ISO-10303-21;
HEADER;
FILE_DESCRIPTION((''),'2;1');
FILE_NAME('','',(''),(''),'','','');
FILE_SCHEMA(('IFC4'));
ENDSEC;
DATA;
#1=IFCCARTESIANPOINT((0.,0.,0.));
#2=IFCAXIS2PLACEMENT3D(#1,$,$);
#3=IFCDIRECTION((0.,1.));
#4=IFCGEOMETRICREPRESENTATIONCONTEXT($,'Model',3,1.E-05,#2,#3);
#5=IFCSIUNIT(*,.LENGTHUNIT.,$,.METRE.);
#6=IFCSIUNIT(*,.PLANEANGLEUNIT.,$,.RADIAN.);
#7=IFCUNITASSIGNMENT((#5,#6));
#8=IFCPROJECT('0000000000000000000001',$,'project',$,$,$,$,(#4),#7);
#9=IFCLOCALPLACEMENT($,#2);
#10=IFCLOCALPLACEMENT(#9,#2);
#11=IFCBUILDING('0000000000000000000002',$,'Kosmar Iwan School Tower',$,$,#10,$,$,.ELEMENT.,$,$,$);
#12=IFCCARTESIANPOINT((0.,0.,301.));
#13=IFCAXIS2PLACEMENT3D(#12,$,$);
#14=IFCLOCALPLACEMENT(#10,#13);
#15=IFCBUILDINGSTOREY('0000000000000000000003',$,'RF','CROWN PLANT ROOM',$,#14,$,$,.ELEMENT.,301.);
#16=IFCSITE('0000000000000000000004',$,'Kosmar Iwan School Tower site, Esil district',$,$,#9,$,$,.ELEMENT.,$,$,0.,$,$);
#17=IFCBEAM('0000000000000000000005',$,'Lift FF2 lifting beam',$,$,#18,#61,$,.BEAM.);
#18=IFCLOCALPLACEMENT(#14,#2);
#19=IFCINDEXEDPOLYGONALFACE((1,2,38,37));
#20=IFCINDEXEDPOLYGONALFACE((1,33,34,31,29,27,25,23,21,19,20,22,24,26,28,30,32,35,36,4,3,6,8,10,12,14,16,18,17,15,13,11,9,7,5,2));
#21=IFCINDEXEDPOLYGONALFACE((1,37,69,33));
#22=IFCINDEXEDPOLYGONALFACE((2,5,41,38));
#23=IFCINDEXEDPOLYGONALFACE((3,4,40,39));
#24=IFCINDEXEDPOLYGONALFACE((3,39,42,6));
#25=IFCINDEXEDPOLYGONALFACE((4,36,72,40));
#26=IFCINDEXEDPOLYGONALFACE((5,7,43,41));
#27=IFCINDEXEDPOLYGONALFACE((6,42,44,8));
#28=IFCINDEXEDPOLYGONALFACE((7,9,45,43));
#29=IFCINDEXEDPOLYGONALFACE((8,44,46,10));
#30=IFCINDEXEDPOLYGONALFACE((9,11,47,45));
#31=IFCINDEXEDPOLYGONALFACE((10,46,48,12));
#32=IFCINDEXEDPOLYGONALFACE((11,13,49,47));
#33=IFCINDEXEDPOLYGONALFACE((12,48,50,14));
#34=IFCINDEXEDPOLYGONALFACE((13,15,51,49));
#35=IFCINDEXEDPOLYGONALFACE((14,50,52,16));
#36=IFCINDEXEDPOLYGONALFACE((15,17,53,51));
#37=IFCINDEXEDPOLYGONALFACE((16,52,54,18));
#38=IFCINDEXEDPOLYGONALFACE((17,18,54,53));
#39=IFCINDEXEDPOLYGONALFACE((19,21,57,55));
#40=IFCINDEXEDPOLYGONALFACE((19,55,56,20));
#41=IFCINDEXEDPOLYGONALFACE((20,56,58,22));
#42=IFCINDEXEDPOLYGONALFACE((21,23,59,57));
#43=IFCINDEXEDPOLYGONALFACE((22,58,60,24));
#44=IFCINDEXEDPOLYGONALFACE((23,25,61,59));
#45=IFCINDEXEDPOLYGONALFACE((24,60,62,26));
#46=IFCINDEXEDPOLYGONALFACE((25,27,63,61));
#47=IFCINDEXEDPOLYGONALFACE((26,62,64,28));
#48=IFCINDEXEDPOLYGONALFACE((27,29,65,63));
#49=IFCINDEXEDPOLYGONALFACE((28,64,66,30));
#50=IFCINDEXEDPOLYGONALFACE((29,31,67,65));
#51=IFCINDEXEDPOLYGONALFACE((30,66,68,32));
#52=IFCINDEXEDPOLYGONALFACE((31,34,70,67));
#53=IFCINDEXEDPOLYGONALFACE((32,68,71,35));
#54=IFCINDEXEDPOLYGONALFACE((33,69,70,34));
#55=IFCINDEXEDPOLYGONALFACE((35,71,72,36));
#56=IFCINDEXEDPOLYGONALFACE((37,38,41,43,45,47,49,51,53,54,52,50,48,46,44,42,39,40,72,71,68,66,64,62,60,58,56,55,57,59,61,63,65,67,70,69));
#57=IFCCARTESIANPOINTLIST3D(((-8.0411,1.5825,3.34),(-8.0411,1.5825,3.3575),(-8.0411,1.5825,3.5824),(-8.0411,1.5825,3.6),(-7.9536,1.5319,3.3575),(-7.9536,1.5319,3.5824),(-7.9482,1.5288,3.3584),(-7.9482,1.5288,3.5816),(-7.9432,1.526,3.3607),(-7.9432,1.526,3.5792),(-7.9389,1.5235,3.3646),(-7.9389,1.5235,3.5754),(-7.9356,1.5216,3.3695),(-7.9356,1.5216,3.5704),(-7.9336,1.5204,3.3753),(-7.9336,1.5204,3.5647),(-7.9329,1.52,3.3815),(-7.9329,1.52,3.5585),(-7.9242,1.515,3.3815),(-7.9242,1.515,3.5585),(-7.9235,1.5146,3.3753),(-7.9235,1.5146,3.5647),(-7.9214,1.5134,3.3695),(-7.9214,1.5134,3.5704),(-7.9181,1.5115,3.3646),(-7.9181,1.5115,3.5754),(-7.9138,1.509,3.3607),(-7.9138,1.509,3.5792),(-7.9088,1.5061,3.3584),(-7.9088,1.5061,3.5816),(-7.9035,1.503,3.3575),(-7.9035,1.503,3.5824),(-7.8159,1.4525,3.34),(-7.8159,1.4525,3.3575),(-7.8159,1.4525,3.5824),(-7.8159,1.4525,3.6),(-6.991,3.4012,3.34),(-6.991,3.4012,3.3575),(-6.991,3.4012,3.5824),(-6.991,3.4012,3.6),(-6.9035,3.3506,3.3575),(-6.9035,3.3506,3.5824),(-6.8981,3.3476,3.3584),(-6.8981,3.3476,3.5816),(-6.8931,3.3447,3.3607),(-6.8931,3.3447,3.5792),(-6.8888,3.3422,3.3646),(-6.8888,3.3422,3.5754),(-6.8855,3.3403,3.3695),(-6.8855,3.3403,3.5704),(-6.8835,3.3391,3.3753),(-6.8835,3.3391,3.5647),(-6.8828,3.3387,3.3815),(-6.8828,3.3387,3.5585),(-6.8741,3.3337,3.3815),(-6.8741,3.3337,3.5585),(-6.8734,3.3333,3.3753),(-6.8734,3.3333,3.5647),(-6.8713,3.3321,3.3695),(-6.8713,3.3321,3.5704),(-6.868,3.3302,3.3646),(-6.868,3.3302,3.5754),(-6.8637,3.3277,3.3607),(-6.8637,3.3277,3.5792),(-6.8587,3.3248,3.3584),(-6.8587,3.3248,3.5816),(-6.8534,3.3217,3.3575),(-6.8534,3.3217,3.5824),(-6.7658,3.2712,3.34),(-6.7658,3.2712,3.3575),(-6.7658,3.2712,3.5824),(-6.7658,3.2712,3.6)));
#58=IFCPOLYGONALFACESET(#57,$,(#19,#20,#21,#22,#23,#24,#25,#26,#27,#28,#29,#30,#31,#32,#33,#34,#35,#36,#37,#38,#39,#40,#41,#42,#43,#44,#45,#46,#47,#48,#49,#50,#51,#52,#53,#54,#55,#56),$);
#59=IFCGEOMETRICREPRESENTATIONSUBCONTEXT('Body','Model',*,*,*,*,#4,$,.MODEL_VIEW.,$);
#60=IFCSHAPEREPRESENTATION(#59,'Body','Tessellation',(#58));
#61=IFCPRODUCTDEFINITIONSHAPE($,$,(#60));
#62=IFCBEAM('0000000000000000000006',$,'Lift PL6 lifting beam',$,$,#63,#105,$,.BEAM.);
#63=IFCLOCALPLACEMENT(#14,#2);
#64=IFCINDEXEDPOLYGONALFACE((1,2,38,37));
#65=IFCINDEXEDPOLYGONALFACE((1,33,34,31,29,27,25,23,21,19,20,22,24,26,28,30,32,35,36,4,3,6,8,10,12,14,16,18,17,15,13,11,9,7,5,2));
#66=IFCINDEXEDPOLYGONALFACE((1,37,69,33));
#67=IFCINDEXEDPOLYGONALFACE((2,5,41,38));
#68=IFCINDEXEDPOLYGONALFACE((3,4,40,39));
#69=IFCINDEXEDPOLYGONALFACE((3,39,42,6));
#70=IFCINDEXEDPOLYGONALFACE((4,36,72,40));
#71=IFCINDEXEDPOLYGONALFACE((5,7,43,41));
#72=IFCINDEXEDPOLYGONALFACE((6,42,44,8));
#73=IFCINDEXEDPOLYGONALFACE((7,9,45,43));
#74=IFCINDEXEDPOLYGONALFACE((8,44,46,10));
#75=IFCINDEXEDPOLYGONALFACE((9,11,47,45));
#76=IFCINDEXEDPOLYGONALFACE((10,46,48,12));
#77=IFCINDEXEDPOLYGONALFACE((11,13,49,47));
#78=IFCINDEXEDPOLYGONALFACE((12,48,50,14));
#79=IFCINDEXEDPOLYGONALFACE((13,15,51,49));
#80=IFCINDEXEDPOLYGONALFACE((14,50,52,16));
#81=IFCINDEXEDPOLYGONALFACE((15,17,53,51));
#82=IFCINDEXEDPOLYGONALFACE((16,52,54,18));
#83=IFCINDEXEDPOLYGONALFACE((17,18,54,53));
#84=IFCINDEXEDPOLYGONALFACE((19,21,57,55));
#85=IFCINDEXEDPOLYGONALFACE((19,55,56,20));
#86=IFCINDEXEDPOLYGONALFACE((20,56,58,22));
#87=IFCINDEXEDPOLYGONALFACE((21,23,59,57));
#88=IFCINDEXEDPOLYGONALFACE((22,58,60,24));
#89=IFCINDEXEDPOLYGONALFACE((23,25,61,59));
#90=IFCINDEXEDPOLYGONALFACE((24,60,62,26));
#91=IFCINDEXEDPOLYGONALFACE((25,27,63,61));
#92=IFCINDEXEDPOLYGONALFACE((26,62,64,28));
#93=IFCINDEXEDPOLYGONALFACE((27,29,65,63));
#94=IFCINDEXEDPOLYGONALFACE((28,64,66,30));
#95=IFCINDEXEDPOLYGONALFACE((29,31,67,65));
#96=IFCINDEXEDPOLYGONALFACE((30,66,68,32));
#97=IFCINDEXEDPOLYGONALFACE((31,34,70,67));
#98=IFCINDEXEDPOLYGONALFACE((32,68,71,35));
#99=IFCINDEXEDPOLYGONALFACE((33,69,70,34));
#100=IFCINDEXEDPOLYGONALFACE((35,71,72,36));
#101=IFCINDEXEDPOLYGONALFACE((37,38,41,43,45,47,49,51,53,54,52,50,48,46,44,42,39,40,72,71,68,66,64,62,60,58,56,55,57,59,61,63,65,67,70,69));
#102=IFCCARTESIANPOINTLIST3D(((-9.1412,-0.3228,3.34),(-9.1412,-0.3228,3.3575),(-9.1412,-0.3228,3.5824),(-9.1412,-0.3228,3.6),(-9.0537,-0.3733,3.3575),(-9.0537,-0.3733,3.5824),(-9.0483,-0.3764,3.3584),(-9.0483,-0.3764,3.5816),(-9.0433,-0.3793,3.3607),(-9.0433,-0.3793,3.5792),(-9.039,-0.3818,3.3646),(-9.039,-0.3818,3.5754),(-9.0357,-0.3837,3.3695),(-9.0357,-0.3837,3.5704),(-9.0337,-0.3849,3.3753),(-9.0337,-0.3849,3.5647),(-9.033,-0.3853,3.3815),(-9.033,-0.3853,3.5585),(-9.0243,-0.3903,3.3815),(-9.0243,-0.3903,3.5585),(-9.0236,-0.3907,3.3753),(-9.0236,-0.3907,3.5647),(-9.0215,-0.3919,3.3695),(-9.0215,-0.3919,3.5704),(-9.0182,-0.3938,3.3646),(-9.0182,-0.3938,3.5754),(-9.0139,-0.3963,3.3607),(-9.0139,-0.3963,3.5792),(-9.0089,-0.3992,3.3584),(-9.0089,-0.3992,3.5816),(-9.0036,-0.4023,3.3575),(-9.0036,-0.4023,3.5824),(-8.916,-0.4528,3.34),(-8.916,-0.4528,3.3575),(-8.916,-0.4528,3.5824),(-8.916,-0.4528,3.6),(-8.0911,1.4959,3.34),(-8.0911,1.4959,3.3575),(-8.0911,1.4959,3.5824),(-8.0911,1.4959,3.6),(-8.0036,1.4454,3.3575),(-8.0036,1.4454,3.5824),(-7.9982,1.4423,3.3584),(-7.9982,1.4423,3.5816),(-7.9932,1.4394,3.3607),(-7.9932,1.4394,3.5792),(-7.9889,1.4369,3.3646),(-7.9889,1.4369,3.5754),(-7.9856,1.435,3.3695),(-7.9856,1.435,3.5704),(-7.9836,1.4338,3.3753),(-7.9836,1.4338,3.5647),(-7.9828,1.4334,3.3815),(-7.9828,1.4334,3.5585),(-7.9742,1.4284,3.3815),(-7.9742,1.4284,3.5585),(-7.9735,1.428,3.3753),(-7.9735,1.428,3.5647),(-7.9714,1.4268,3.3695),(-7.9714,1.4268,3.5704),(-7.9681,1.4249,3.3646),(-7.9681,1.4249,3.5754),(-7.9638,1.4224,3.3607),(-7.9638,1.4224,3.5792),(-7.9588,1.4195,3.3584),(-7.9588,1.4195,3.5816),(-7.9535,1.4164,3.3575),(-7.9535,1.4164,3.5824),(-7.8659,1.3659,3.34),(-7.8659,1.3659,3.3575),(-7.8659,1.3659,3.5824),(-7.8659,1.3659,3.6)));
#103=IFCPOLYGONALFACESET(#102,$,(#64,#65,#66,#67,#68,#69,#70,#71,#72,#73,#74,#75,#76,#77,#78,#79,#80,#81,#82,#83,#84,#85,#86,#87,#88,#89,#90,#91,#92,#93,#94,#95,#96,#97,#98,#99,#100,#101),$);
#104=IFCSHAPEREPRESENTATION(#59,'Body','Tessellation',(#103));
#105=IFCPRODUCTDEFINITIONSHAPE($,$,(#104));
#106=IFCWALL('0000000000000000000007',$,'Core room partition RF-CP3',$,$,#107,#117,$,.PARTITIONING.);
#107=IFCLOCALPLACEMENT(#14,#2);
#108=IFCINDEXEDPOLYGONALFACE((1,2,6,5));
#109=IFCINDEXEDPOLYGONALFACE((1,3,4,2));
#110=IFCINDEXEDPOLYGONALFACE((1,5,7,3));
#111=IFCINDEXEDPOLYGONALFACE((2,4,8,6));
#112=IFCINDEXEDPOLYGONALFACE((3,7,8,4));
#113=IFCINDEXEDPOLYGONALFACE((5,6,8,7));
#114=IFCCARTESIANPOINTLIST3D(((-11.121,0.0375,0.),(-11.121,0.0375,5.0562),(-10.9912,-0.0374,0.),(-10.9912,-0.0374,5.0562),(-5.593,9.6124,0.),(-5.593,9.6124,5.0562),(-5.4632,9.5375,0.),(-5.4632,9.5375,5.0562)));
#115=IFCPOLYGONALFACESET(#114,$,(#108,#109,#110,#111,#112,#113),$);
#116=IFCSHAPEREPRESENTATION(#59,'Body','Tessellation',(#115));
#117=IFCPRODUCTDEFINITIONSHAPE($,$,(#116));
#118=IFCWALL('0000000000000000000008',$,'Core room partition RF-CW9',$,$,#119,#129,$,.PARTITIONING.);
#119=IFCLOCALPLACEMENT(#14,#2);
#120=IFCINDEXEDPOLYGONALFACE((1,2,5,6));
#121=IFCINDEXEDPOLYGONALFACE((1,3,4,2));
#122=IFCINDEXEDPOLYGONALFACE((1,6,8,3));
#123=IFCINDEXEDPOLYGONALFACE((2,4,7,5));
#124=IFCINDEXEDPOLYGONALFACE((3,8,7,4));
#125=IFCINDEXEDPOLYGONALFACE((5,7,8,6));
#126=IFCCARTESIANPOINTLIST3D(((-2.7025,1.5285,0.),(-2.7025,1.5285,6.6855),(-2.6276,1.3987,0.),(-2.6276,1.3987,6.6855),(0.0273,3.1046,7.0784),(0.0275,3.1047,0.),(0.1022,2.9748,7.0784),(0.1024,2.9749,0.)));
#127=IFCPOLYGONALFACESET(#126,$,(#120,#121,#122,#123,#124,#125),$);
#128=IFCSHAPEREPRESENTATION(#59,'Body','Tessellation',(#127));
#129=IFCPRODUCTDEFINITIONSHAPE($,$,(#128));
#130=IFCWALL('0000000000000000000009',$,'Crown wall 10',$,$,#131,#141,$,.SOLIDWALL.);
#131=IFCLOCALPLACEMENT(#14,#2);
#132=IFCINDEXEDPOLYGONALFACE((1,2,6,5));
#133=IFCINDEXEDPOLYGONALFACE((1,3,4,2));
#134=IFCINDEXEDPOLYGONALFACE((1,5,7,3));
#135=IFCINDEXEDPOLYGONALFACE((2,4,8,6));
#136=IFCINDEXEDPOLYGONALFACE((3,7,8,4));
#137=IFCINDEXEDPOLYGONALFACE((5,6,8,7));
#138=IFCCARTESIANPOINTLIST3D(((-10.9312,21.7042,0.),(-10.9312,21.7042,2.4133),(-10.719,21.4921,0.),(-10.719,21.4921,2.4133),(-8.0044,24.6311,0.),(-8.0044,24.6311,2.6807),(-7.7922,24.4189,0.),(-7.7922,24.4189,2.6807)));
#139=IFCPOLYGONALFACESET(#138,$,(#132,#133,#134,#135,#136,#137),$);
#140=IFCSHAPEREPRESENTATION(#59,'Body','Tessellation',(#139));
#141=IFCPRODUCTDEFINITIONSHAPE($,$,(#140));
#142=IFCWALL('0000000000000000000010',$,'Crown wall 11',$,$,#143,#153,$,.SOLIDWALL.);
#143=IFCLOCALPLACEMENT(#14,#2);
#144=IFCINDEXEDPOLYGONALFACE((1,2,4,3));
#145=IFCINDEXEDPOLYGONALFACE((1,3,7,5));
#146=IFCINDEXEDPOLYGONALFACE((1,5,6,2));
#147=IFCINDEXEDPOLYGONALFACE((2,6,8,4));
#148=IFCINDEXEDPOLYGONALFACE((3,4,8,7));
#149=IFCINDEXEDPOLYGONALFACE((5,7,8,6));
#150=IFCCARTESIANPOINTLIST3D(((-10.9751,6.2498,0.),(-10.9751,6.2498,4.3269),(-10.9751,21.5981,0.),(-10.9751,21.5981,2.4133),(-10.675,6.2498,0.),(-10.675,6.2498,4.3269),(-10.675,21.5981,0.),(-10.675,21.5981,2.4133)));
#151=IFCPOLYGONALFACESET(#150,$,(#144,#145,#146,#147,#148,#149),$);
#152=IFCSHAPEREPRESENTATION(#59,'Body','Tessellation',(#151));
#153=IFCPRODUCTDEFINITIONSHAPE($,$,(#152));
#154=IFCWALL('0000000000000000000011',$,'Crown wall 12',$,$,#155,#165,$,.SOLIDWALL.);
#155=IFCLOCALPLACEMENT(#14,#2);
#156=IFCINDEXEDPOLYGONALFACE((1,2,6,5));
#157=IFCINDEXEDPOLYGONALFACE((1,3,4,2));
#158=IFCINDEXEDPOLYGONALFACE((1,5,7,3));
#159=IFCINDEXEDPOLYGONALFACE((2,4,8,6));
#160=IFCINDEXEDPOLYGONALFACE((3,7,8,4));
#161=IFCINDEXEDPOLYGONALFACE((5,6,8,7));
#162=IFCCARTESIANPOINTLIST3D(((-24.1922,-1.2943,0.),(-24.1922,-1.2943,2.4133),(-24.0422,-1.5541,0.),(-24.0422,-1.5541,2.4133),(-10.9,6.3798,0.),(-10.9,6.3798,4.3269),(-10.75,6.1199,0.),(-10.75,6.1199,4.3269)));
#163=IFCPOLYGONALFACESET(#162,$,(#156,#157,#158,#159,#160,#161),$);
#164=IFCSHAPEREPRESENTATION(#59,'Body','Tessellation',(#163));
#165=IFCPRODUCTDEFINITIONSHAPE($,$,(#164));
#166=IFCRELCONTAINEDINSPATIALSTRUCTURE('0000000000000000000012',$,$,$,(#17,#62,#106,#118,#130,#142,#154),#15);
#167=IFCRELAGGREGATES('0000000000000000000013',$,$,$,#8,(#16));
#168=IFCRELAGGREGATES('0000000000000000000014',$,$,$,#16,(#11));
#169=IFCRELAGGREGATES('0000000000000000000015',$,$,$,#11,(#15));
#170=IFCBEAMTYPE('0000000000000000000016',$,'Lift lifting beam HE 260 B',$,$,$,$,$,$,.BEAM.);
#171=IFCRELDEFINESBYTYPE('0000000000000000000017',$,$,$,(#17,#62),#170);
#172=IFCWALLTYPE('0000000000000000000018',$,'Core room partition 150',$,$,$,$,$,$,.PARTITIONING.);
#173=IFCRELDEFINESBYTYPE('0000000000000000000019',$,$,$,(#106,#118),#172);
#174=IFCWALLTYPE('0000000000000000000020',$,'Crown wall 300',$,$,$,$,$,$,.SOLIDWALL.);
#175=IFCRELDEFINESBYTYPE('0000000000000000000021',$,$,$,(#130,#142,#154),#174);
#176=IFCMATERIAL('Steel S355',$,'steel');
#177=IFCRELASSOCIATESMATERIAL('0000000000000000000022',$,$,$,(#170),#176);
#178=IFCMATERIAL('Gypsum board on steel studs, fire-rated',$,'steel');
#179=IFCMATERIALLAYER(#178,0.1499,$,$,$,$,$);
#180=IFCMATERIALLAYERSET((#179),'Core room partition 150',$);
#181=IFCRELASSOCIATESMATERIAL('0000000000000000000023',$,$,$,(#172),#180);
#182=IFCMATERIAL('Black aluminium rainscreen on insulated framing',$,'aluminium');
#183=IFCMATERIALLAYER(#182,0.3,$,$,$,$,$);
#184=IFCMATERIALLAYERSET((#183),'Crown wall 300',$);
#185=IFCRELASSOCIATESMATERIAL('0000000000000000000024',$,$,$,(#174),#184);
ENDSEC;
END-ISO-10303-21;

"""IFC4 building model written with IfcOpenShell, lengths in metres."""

from ifc_helpers import new_model, si_unit, direction, frame, frame_2d, origin, origin_2d, place, context, subcontext, project, spatial, polyline, rectangle, i_section, outline, extrude, material, layer, layer_set, material_profile, profile_set, type_object, element, save


model = new_model("IFC4")

# Units and contexts
model_context = context("Model", 3, precision=1e-05, world=origin(), true_north=direction((0.0, 1.0)))
body_context = subcontext(model_context, "Body", "Model", "MODEL_VIEW")
ifc_project = project(units=[si_unit("LENGTHUNIT", "METRE"), si_unit("PLANEANGLEUNIT", "RADIAN")], contexts=[model_context])

# Site, building, storey
site_placement = place(None, origin())
site = spatial("IfcSite", under=ifc_project, at=site_placement, Name="Kosmar Iwan School Tower site, Esil district", CompositionType="ELEMENT", RefElevation=0.0)
building_placement = place(site_placement, origin())
building = spatial("IfcBuilding", under=site, at=building_placement, Name="Kosmar Iwan School Tower", CompositionType="ELEMENT")
storey_placement = place(building_placement, frame((0.0, 0.0, 301.0)))
storey = spatial("IfcBuildingStorey", under=building, at=storey_placement, Name="RF", Description="CROWN PLANT ROOM", CompositionType="ELEMENT", Elevation=301.0)

# Beams
ifc_material_1 = material(Name="Steel S355", Category="steel")
ifc_material_profile_1 = material_profile(ifc_material_1, i_section(OverallWidth=0.26, OverallDepth=0.26, WebThickness=0.01, FlangeThickness=0.0176, FilletRadius=0.0239, at=origin_2d()), Name="HE 260 B")
ifc_profile_set_1 = profile_set([ifc_material_profile_1], Name="Steel S355")
beam_type_1 = type_object("IfcBeamType", Name="Lift lifting beam HE 260 B", PredefinedType="BEAM", material=ifc_profile_set_1)
for number, where, z_axis, x_axis, name in (
    (1, (-6.8784, 3.3362, 3.47), (-0.500028, -0.866009, 0.0), (0.866009, -0.500028, 0.0), "Lift FF2 lifting beam"),
    (2, (-7.9785, 1.4309, 3.47), (-0.500028, -0.866009, 0.0), (0.866009, -0.500028, 0.0), "Lift PL6 lifting beam"),
):
    element("IfcBeam", number, at=place(storey_placement, frame(where, z_axis=z_axis, x_axis=x_axis)), inside=storey, type_object=beam_type_1, Name=name, PredefinedType="BEAM", context=body_context, shape_type="SweptSolid", body=[
        extrude(i_section(OverallWidth=0.26, OverallDepth=0.26, WebThickness=0.01, FlangeThickness=0.0176, FilletRadius=0.0239, at=origin_2d()), origin(), (0.0, 0.0, 1.0), 2.1001),
    ])

# Walls
ifc_material_2 = material(Name="Gypsum board on steel studs, fire-rated", Category="steel")
ifc_layer_1 = layer(ifc_material_2, 0.1499)
ifc_layer_set_1 = layer_set([ifc_layer_1], Name="Core room partition 150")
wall_type_1 = type_object("IfcWallType", Name="Core room partition 150", PredefinedType="PARTITIONING", material=ifc_layer_set_1)
wall_1_placement = place(storey_placement, frame((-5.5281, 9.575, 0.0), z_axis=(0.0, 0.0, 1.0), x_axis=(-0.499998, -0.866026, 0.0)))
element("IfcWall", 3, at=wall_1_placement, inside=storey, type_object=wall_type_1, Name="Core room partition RF-CP3", PredefinedType="PARTITIONING", context=body_context, shape_type="SweptSolid", body=[
    extrude(rectangle(XDim=11.0562, YDim=0.1499, at=frame_2d((5.5281, 0.0))), origin(), (0.0, 0.0, 1.0), 5.0562),
])
wall_2_placement = place(storey_placement, frame((-2.665, 1.4636, 0.0), z_axis=(0.0, 0.0, 1.0), x_axis=(0.866023, 0.500004, 0.0)))
element("IfcWall", 4, at=wall_2_placement, inside=storey, type_object=wall_type_1, Name="Core room partition RF-CW9", PredefinedType="PARTITIONING", context=body_context, shape_type="SweptSolid", body=[
    extrude(outline(polyline([(0.0, 0.0), (3.1523, 0.0), (3.1521, 7.0784), (0.0, 6.6855), (0.0, 0.0)])), frame((0.0, 0.075, 0.0), z_axis=(0.0, -1.0, 0.0), x_axis=(1.0, 0.0, 0.0)), (0.0, 0.0, 1.0), 0.1499),
])
ifc_material_3 = material(Name="Black aluminium rainscreen on insulated framing", Category="aluminium")
ifc_layer_2 = layer(ifc_material_3, 0.3)
ifc_layer_set_2 = layer_set([ifc_layer_2], Name="Crown wall 300")
wall_type_2 = type_object("IfcWallType", Name="Crown wall 300", PredefinedType="SOLIDWALL", material=ifc_layer_set_2)
wall_3_placement = place(storey_placement, frame((-7.8982, 24.5249, 0.0), z_axis=(0.0, 0.0, 1.0), x_axis=(-0.707107, -0.707107, 0.0)))
element("IfcWall", 5, at=wall_3_placement, inside=storey, type_object=wall_type_2, Name="Crown wall 10", PredefinedType="SOLIDWALL", context=body_context, shape_type="SweptSolid", body=[
    extrude(outline(polyline([(0.0, 0.0), (4.1392, 0.0), (4.1392, 2.4133), (0.0, 2.6807), (0.0, 0.0)])), frame((0.0, 0.1499, 0.0), z_axis=(0.0, -1.0, 0.0), x_axis=(1.0, 0.0, 0.0)), (0.0, 0.0, 1.0), 0.3),
])
wall_4_placement = place(storey_placement, frame((-10.825, 21.5981, 0.0), z_axis=(0.0, 0.0, 1.0), x_axis=(0.0, -1.0, 0.0)))
element("IfcWall", 6, at=wall_4_placement, inside=storey, type_object=wall_type_2, Name="Crown wall 11", PredefinedType="SOLIDWALL", context=body_context, shape_type="SweptSolid", body=[
    extrude(outline(polyline([(0.0, 0.0), (15.3484, 0.0), (15.3484, 4.3269), (0.0, 2.4133), (0.0, 0.0)])), frame((0.0, 0.1499, 0.0), z_axis=(0.0, -1.0, 0.0), x_axis=(1.0, 0.0, 0.0)), (0.0, 0.0, 1.0), 0.3),
])
wall_5_placement = place(storey_placement, frame((-10.825, 6.2498, 0.0), z_axis=(0.0, 0.0, 1.0), x_axis=(-0.866031, -0.49999, 0.0)))
element("IfcWall", 7, at=wall_5_placement, inside=storey, type_object=wall_type_2, Name="Crown wall 12", PredefinedType="SOLIDWALL", context=body_context, shape_type="SweptSolid", body=[
    extrude(outline(polyline([(0.0, 0.0), (15.3484, 0.0), (15.3484, 2.4133), (0.0, 4.3269), (0.0, 0.0)])), frame((0.0, 0.1499, 0.0), z_axis=(0.0, -1.0, 0.0), x_axis=(1.0, 0.0, 0.0)), (0.0, 0.0, 1.0), 0.3),
])

save(model, "model.ifc")
